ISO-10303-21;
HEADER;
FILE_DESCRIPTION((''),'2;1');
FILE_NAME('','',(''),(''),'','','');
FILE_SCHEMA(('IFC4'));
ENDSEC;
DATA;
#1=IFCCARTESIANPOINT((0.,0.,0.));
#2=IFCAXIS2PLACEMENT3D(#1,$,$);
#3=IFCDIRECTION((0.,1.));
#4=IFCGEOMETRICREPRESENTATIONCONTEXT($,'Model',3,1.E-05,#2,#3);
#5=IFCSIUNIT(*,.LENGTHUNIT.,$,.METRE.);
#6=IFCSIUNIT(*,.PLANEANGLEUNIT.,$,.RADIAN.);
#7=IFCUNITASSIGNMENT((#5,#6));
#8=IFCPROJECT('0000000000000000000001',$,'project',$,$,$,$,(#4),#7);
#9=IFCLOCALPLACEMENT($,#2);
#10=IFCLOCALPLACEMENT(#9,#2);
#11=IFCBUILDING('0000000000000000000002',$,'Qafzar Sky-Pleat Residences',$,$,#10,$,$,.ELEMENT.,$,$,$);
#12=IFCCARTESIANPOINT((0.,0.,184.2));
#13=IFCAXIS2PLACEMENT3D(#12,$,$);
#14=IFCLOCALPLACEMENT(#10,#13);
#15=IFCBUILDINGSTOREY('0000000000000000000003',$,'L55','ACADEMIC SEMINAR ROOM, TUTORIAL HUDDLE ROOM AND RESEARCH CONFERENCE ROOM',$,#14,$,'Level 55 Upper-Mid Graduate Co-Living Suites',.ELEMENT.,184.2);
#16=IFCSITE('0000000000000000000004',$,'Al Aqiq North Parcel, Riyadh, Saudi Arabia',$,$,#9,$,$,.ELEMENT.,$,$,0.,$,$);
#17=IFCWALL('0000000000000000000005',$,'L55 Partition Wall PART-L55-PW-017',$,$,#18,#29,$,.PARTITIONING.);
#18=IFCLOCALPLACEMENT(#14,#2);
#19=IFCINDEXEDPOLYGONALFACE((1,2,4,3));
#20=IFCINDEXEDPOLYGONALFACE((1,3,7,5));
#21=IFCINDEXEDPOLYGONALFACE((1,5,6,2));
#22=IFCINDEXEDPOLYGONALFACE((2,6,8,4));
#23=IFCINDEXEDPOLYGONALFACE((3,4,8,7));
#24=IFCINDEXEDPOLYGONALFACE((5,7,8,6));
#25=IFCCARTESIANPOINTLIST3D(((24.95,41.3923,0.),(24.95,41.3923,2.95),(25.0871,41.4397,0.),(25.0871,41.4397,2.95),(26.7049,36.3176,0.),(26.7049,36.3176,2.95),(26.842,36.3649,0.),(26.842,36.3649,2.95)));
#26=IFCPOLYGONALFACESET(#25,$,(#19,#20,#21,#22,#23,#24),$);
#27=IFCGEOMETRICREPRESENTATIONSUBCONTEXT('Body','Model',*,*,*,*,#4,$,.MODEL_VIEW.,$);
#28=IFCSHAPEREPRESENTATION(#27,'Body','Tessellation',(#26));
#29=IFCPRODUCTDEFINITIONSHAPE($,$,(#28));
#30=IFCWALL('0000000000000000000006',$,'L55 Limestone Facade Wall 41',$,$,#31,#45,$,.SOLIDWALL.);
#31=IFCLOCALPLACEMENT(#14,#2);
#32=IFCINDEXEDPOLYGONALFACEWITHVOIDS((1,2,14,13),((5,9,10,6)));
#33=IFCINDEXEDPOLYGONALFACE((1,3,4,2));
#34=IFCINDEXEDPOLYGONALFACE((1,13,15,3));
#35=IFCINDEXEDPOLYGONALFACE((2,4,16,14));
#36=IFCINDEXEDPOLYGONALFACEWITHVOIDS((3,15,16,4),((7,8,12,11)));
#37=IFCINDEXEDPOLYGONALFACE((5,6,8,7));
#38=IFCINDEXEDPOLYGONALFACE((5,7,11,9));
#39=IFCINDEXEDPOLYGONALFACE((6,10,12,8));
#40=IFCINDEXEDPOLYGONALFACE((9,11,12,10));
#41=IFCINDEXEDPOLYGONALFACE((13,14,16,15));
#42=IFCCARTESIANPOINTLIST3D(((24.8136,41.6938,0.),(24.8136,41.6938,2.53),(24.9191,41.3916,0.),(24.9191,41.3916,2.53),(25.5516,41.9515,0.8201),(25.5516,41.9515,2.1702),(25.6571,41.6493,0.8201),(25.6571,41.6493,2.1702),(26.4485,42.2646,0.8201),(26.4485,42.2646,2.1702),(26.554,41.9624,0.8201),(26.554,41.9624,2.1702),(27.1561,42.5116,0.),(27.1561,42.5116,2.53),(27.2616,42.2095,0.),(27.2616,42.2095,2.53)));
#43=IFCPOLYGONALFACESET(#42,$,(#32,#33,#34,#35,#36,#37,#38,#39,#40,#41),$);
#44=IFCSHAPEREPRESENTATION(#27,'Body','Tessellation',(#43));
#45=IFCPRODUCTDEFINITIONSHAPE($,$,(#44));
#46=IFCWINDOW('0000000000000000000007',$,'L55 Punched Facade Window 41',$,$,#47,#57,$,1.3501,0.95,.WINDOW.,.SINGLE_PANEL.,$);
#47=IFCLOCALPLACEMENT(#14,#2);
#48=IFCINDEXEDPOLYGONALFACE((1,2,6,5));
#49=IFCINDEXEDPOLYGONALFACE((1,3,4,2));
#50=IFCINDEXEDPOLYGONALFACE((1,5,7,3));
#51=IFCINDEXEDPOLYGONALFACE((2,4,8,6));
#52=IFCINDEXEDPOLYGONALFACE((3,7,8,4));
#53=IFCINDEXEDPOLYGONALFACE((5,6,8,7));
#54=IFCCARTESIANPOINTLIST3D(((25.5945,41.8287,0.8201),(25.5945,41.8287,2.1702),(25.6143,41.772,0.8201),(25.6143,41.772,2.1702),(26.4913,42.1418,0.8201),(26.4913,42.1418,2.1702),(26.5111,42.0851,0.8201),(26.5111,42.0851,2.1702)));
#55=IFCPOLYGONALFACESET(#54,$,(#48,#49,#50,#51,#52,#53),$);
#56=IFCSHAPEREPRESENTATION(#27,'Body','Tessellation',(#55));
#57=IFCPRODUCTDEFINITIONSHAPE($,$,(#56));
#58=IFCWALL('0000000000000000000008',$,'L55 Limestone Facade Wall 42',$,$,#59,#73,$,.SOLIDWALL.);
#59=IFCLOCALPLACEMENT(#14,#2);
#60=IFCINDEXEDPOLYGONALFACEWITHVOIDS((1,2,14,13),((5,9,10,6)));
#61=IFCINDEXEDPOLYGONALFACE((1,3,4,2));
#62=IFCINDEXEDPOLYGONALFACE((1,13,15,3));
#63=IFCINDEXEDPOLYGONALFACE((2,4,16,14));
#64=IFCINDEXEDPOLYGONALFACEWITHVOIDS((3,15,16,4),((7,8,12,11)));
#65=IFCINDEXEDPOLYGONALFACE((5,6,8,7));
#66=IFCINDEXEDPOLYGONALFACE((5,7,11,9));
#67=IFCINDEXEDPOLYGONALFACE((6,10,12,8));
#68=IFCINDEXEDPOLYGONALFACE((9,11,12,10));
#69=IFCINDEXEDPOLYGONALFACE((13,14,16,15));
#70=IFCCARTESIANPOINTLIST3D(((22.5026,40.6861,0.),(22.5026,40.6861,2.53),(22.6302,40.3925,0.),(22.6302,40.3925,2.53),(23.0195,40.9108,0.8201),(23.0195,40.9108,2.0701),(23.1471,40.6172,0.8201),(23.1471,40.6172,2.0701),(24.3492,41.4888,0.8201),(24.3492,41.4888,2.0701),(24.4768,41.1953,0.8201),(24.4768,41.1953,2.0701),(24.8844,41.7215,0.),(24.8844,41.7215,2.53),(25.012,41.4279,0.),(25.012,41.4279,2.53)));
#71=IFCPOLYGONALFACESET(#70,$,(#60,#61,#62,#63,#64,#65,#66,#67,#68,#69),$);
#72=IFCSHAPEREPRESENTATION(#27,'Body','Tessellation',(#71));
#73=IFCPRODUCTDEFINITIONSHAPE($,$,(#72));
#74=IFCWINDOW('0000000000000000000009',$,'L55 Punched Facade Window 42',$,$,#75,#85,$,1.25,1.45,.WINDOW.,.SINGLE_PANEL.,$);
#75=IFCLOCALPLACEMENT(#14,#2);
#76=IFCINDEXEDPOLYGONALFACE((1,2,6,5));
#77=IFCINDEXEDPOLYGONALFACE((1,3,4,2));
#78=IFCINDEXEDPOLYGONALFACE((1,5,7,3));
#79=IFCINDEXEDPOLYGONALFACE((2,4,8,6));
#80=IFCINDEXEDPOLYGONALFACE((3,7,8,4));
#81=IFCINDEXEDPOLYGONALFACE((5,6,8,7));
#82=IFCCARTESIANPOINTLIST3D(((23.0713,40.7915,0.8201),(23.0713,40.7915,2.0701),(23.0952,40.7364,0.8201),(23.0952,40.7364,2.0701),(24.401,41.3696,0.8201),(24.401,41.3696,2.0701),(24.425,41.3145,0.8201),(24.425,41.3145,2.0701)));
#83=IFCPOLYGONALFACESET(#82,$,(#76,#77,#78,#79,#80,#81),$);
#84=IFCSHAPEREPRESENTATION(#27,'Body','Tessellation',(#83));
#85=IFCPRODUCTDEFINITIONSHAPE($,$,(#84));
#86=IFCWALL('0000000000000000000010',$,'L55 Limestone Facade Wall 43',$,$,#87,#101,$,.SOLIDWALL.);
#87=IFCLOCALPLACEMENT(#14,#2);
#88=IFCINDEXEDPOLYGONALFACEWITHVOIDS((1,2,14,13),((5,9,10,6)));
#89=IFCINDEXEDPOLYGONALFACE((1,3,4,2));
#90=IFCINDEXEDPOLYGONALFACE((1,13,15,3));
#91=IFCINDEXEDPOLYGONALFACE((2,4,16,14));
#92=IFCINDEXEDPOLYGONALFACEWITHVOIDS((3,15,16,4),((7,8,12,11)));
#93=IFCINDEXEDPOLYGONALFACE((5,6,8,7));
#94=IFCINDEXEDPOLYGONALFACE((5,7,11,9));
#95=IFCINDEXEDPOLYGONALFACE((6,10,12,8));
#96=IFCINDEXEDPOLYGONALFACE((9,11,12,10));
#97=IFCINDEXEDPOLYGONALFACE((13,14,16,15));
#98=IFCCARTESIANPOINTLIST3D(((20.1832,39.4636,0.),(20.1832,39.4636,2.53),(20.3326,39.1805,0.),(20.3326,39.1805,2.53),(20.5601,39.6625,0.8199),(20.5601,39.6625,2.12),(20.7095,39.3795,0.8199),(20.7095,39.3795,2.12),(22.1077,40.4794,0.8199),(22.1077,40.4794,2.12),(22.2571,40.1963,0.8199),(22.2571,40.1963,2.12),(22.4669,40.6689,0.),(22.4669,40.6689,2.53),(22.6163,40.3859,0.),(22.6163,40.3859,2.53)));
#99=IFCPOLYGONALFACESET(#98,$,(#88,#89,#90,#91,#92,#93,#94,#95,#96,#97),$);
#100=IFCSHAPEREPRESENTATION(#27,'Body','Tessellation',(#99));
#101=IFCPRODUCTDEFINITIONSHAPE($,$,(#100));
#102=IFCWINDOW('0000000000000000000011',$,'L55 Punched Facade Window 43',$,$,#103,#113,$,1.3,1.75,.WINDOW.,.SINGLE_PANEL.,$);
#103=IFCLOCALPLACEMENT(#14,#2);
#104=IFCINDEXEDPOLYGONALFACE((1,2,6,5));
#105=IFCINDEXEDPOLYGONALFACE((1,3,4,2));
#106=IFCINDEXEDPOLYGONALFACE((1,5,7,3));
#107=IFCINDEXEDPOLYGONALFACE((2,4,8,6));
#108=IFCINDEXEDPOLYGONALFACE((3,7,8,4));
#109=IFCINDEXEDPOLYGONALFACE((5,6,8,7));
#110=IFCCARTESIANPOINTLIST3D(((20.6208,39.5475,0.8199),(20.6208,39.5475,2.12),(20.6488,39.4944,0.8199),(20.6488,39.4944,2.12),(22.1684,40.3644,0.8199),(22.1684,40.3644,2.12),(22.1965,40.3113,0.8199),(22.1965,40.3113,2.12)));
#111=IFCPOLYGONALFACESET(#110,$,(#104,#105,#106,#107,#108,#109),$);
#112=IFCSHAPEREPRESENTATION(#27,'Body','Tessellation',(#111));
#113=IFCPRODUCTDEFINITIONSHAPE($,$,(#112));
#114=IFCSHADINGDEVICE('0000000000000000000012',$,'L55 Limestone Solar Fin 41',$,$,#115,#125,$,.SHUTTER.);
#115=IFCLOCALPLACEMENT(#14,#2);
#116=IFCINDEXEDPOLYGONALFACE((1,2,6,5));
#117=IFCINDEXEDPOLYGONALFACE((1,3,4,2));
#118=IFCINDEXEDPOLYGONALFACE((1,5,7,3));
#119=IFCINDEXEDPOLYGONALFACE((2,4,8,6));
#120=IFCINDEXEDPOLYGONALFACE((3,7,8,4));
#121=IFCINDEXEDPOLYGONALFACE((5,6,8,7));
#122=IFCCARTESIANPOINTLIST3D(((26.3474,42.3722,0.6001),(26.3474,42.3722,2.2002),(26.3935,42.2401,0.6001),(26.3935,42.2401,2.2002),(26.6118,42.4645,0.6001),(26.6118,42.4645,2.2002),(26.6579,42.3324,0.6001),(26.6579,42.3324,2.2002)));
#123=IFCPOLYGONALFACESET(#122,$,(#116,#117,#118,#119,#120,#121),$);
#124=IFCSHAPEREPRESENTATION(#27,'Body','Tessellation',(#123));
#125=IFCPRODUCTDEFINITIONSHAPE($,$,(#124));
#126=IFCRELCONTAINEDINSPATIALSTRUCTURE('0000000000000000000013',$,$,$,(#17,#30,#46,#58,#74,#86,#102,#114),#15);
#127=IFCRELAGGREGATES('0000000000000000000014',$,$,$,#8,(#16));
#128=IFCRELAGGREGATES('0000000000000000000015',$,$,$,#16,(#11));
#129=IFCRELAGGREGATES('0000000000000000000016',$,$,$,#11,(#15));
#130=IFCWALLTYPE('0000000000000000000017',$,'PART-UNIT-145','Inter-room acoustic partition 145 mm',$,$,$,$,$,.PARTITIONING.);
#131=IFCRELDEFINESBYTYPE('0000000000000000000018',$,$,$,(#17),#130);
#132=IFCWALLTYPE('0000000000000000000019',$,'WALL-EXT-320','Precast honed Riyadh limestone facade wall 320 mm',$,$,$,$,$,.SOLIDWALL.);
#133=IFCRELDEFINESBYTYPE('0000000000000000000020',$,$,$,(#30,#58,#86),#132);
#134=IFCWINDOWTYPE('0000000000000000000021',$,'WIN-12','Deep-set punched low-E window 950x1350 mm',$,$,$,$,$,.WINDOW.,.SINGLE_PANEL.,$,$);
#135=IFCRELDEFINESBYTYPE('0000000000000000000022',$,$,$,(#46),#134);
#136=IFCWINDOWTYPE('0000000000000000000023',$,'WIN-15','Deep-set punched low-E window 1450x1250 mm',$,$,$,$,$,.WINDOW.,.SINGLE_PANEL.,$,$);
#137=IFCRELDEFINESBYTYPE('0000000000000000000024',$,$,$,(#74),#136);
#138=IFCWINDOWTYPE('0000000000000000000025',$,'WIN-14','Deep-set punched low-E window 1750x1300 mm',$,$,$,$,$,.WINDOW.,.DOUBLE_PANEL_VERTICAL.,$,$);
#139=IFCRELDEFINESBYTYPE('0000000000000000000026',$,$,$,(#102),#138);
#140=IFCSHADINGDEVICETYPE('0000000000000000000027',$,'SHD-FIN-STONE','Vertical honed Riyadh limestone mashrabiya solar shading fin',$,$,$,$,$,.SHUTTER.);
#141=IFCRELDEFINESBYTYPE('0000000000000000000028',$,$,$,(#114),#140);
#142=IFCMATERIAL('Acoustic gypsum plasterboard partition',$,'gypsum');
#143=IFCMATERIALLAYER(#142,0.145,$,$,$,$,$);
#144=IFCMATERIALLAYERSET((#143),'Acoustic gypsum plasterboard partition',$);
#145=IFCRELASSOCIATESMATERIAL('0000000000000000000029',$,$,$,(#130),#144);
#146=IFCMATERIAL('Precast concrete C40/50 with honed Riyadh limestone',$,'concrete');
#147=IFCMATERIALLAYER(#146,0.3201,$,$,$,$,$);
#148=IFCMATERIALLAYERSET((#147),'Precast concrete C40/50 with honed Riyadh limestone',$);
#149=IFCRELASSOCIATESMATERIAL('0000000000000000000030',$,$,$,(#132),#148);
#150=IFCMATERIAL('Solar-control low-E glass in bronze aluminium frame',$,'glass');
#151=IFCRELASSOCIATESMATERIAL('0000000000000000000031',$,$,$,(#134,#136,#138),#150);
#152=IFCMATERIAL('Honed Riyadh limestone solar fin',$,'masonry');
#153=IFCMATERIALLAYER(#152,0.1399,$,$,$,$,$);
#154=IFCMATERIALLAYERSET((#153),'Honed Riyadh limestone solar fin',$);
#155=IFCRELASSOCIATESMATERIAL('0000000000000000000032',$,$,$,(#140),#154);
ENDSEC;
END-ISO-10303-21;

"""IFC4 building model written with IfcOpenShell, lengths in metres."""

from ifc_helpers import new_model, si_unit, direction, frame, frame_2d, origin, origin_2d, place, context, subcontext, project, spatial, rectangle, extrude, source, transform, mapped, material, layer, layer_set, type_object, element, fill, save


model = new_model("IFC4")

# Units and contexts
model_context = context("Model", 3, precision=1e-05, world=origin(), true_north=direction((0.0, 1.0)))
body_context = subcontext(model_context, "Body", "Model", "MODEL_VIEW")
ifc_project = project(units=[si_unit("LENGTHUNIT", "METRE"), si_unit("PLANEANGLEUNIT", "RADIAN")], contexts=[model_context])

# Site, building, storey
site_placement = place(None, origin())
site = spatial("IfcSite", under=ifc_project, at=site_placement, Name="Al Aqiq North Parcel, Riyadh, Saudi Arabia", CompositionType="ELEMENT", RefElevation=0.0)
building_placement = place(site_placement, origin())
building = spatial("IfcBuilding", under=site, at=building_placement, Name="Qafzar Sky-Pleat Residences", CompositionType="ELEMENT")
storey_placement = place(building_placement, frame((0.0, 0.0, 184.2)))
storey = spatial("IfcBuildingStorey", under=building, at=storey_placement, Name="L55", Description="ACADEMIC SEMINAR ROOM, TUTORIAL HUDDLE ROOM AND RESEARCH CONFERENCE ROOM", LongName="Level 55 Upper-Mid Graduate Co-Living Suites", CompositionType="ELEMENT", Elevation=184.2)

# Wall
ifc_material_1 = material(Name="Acoustic gypsum plasterboard partition", Category="gypsum")
ifc_layer_1 = layer(ifc_material_1, 0.145)
ifc_layer_set_1 = layer_set([ifc_layer_1], Name="Acoustic gypsum plasterboard partition")
wall_type_1 = type_object("IfcWallType", Name="PART-UNIT-145", Description="Inter-room acoustic partition 145 mm", PredefinedType="PARTITIONING", material=ifc_layer_set_1)
wall_1_placement = place(storey_placement, frame((25.0186, 41.416, 0.0), z_axis=(0.0, 0.0, 1.0), x_axis=(0.32682, -0.945087, 0.0)))
element("IfcWall", 1, at=wall_1_placement, inside=storey, type_object=wall_type_1, Name="L55 Partition Wall PART-L55-PW-017", PredefinedType="PARTITIONING", context=body_context, shape_type="SweptSolid", body=[
    extrude(rectangle(XDim=5.3696, YDim=0.145, at=frame_2d((2.6848, 0.0))), origin(), (0.0, 0.0, 1.0), 2.95),
])

# Walls, openings, windows
ifc_material_2 = material(Name="Precast concrete C40/50 with honed Riyadh limestone", Category="concrete")
ifc_layer_2 = layer(ifc_material_2, 0.3201)
ifc_layer_set_2 = layer_set([ifc_layer_2], Name="Precast concrete C40/50 with honed Riyadh limestone")
wall_type_2 = type_object("IfcWallType", Name="WALL-EXT-320", Description="Precast honed Riyadh limestone facade wall 320 mm", PredefinedType="SOLIDWALL", material=ifc_layer_set_2)
wall_2_placement = place(storey_placement, frame((27.209, 42.3606, 0.0), z_axis=(0.0, 0.0, 1.0), x_axis=(-0.944111, -0.329627, 0.0)))
wall_2 = element("IfcWall", 2, at=wall_2_placement, inside=storey, type_object=wall_type_2, Name="L55 Limestone Facade Wall 41", PredefinedType="SOLIDWALL", context=body_context, shape_type="SweptSolid", body=[
    extrude(rectangle(XDim=2.4812, YDim=0.3201, at=frame_2d((1.2407, 0.0))), origin(), (0.0, 0.0, 1.0), 2.53),
])
opening_1_placement = place(wall_2_placement, frame((0.7495, 0.0, 0.8201)))
opening_1 = element("IfcOpeningElement", 3, at=opening_1_placement, cuts=wall_2, PredefinedType="OPENING", context=body_context, shape_type="SweptSolid", body=[
    extrude(rectangle(XDim=0.95, YDim=1.3501, at=frame_2d((0.4751, 0.675))), frame((0.0, 0.1699, 0.0), z_axis=(0.0, -1.0, 0.0), x_axis=(1.0, 0.0, 0.0)), (0.0, 0.0, 1.0), 0.3401),
])
ifc_material_3 = material(Name="Solar-control low-E glass in bronze aluminium frame", Category="glass")
window_type_1 = type_object("IfcWindowType", Name="WIN-12", Description="Deep-set punched low-E window 950x1350 mm", PartitioningType="SINGLE_PANEL", PredefinedType="WINDOW", material=ifc_material_3)
shared_shape_1 = source(origin(), body_context, "Body", "SweptSolid", [
    extrude(rectangle(XDim=0.95, YDim=1.3501, at=frame_2d((0.4751, 0.675))), frame((0.0, 0.03, 0.0), z_axis=(0.0, -1.0, 0.0), x_axis=(1.0, 0.0, 0.0)), (0.0, 0.0, 1.0), 0.0601),
])
window_1_placement = place(opening_1_placement, origin())
window_1 = element("IfcWindow", 4, at=window_1_placement, inside=storey, type_object=window_type_1, Name="L55 Punched Facade Window 41", OverallHeight=1.3501, OverallWidth=0.95, PartitioningType="SINGLE_PANEL", PredefinedType="WINDOW", context=body_context, shape_type="MappedRepresentation", body=[
    mapped(shared_shape_1, transform((0.0, 0.0, 0.0), x_axis=(1.0, 0.0, 0.0), y_axis=(0.0, 1.0, 0.0), z_axis=(0.0, 0.0, 1.0), scale=1.0)),
])
fill(opening_1, window_1)
wall_3_placement = place(storey_placement, frame((24.9482, 41.5747, 0.0), z_axis=(0.0, 0.0, 1.0), x_axis=(-0.917095, -0.398668, 0.0)))
wall_3 = element("IfcWall", 5, at=wall_3_placement, inside=storey, type_object=wall_type_2, Name="L55 Limestone Facade Wall 42", PredefinedType="SOLIDWALL", context=body_context, shape_type="SweptSolid", body=[
    extrude(rectangle(XDim=2.5972, YDim=0.3201, at=frame_2d((1.2986, 0.0))), origin(), (0.0, 0.0, 1.0), 2.53),
])
opening_2_placement = place(wall_3_placement, frame((0.5835, 0.0, 0.8201)))
opening_2 = element("IfcOpeningElement", 6, at=opening_2_placement, cuts=wall_3, PredefinedType="OPENING", context=body_context, shape_type="SweptSolid", body=[
    extrude(rectangle(XDim=1.45, YDim=1.25, at=frame_2d((0.7251, 0.625))), frame((0.0, 0.1699, 0.0), z_axis=(0.0, -1.0, 0.0), x_axis=(1.0, 0.0, 0.0)), (0.0, 0.0, 1.0), 0.3401),
])
window_type_2 = type_object("IfcWindowType", Name="WIN-15", Description="Deep-set punched low-E window 1450x1250 mm", PartitioningType="SINGLE_PANEL", PredefinedType="WINDOW", material=ifc_material_3)
shared_shape_2 = source(origin(), body_context, "Body", "SweptSolid", [
    extrude(rectangle(XDim=1.45, YDim=1.25, at=frame_2d((0.7251, 0.625))), frame((0.0, 0.03, 0.0), z_axis=(0.0, -1.0, 0.0), x_axis=(1.0, 0.0, 0.0)), (0.0, 0.0, 1.0), 0.0601),
])
window_2_placement = place(opening_2_placement, origin())
window_2 = element("IfcWindow", 7, at=window_2_placement, inside=storey, type_object=window_type_2, Name="L55 Punched Facade Window 42", OverallHeight=1.25, OverallWidth=1.45, PartitioningType="SINGLE_PANEL", PredefinedType="WINDOW", context=body_context, shape_type="MappedRepresentation", body=[
    mapped(shared_shape_2, transform((0.0, 0.0, 0.0), x_axis=(1.0, 0.0, 0.0), y_axis=(0.0, 1.0, 0.0), z_axis=(0.0, 0.0, 1.0), scale=1.0)),
])
fill(opening_2, window_2)
wall_4_placement = place(storey_placement, frame((22.5415, 40.5273, 0.0), z_axis=(0.0, 0.0, 1.0), x_axis=(-0.884378, -0.466771, 0.0)))
wall_4 = element("IfcWall", 8, at=wall_4_placement, inside=storey, type_object=wall_type_2, Name="L55 Limestone Facade Wall 43", PredefinedType="SOLIDWALL", context=body_context, shape_type="SweptSolid", body=[
    extrude(rectangle(XDim=2.5823, YDim=0.3201, at=frame_2d((1.291, 0.0))), origin(), (0.0, 0.0, 1.0), 2.53),
])
opening_3_placement = place(wall_4_placement, frame((0.406, 0.0, 0.8201)))
opening_3 = element("IfcOpeningElement", 9, at=opening_3_placement, cuts=wall_4, PredefinedType="OPENING", context=body_context, shape_type="SweptSolid", body=[
    extrude(rectangle(XDim=1.75, YDim=1.3, at=frame_2d((0.875, 0.6499))), frame((0.0, 0.1699, 0.0), z_axis=(0.0, -1.0, 0.0), x_axis=(1.0, 0.0, 0.0)), (0.0, 0.0, 1.0), 0.3401),
])
window_type_3 = type_object("IfcWindowType", Name="WIN-14", Description="Deep-set punched low-E window 1750x1300 mm", PartitioningType="DOUBLE_PANEL_VERTICAL", PredefinedType="WINDOW", material=ifc_material_3)
shared_shape_3 = source(origin(), body_context, "Body", "SweptSolid", [
    extrude(rectangle(XDim=1.75, YDim=1.3, at=frame_2d((0.875, 0.6499))), frame((0.0, 0.03, 0.0), z_axis=(0.0, -1.0, 0.0), x_axis=(1.0, 0.0, 0.0)), (0.0, 0.0, 1.0), 0.0601),
])
window_3_placement = place(opening_3_placement, origin())
window_3 = element("IfcWindow", 10, at=window_3_placement, inside=storey, type_object=window_type_3, Name="L55 Punched Facade Window 43", OverallHeight=1.3, OverallWidth=1.75, PartitioningType="SINGLE_PANEL", PredefinedType="WINDOW", context=body_context, shape_type="MappedRepresentation", body=[
    mapped(shared_shape_3, transform((0.0, 0.0, 0.0), x_axis=(1.0, 0.0, 0.0), y_axis=(0.0, 1.0, 0.0), z_axis=(0.0, 0.0, 1.0), scale=1.0)),
])
fill(opening_3, window_3)

# Shading device
ifc_material_4 = material(Name="Honed Riyadh limestone solar fin", Category="masonry")
ifc_layer_3 = layer(ifc_material_4, 0.1399)
ifc_layer_set_3 = layer_set([ifc_layer_3], Name="Honed Riyadh limestone solar fin")
shading_device_type = type_object("IfcShadingDeviceType", Name="SHD-FIN-STONE", Description="Vertical honed Riyadh limestone mashrabiya solar shading fin", PredefinedType="SHUTTER", material=ifc_layer_set_3)
shared_shape_4 = source(origin(), body_context, "Body", "SweptSolid", [
    extrude(rectangle(XDim=0.1399, YDim=0.28, at=origin_2d()), origin(), (0.0, 0.0, 1.0), 1.6001),
])
shading_device_placement = place(storey_placement, frame((26.5027, 42.3523, 0.6001), z_axis=(0.0, 0.0, 1.0), x_axis=(-0.329527, 0.944146, 0.0)))
element("IfcShadingDevice", 11, at=shading_device_placement, inside=storey, type_object=shading_device_type, Name="L55 Limestone Solar Fin 41", PredefinedType="SHUTTER", context=body_context, shape_type="MappedRepresentation", body=[
    mapped(shared_shape_4, transform((0.0, 0.0, 0.0), x_axis=(1.0, 0.0, 0.0), y_axis=(0.0, 1.0, 0.0), z_axis=(0.0, 0.0, 1.0), scale=1.0)),
])

save(model, "model.ifc")
